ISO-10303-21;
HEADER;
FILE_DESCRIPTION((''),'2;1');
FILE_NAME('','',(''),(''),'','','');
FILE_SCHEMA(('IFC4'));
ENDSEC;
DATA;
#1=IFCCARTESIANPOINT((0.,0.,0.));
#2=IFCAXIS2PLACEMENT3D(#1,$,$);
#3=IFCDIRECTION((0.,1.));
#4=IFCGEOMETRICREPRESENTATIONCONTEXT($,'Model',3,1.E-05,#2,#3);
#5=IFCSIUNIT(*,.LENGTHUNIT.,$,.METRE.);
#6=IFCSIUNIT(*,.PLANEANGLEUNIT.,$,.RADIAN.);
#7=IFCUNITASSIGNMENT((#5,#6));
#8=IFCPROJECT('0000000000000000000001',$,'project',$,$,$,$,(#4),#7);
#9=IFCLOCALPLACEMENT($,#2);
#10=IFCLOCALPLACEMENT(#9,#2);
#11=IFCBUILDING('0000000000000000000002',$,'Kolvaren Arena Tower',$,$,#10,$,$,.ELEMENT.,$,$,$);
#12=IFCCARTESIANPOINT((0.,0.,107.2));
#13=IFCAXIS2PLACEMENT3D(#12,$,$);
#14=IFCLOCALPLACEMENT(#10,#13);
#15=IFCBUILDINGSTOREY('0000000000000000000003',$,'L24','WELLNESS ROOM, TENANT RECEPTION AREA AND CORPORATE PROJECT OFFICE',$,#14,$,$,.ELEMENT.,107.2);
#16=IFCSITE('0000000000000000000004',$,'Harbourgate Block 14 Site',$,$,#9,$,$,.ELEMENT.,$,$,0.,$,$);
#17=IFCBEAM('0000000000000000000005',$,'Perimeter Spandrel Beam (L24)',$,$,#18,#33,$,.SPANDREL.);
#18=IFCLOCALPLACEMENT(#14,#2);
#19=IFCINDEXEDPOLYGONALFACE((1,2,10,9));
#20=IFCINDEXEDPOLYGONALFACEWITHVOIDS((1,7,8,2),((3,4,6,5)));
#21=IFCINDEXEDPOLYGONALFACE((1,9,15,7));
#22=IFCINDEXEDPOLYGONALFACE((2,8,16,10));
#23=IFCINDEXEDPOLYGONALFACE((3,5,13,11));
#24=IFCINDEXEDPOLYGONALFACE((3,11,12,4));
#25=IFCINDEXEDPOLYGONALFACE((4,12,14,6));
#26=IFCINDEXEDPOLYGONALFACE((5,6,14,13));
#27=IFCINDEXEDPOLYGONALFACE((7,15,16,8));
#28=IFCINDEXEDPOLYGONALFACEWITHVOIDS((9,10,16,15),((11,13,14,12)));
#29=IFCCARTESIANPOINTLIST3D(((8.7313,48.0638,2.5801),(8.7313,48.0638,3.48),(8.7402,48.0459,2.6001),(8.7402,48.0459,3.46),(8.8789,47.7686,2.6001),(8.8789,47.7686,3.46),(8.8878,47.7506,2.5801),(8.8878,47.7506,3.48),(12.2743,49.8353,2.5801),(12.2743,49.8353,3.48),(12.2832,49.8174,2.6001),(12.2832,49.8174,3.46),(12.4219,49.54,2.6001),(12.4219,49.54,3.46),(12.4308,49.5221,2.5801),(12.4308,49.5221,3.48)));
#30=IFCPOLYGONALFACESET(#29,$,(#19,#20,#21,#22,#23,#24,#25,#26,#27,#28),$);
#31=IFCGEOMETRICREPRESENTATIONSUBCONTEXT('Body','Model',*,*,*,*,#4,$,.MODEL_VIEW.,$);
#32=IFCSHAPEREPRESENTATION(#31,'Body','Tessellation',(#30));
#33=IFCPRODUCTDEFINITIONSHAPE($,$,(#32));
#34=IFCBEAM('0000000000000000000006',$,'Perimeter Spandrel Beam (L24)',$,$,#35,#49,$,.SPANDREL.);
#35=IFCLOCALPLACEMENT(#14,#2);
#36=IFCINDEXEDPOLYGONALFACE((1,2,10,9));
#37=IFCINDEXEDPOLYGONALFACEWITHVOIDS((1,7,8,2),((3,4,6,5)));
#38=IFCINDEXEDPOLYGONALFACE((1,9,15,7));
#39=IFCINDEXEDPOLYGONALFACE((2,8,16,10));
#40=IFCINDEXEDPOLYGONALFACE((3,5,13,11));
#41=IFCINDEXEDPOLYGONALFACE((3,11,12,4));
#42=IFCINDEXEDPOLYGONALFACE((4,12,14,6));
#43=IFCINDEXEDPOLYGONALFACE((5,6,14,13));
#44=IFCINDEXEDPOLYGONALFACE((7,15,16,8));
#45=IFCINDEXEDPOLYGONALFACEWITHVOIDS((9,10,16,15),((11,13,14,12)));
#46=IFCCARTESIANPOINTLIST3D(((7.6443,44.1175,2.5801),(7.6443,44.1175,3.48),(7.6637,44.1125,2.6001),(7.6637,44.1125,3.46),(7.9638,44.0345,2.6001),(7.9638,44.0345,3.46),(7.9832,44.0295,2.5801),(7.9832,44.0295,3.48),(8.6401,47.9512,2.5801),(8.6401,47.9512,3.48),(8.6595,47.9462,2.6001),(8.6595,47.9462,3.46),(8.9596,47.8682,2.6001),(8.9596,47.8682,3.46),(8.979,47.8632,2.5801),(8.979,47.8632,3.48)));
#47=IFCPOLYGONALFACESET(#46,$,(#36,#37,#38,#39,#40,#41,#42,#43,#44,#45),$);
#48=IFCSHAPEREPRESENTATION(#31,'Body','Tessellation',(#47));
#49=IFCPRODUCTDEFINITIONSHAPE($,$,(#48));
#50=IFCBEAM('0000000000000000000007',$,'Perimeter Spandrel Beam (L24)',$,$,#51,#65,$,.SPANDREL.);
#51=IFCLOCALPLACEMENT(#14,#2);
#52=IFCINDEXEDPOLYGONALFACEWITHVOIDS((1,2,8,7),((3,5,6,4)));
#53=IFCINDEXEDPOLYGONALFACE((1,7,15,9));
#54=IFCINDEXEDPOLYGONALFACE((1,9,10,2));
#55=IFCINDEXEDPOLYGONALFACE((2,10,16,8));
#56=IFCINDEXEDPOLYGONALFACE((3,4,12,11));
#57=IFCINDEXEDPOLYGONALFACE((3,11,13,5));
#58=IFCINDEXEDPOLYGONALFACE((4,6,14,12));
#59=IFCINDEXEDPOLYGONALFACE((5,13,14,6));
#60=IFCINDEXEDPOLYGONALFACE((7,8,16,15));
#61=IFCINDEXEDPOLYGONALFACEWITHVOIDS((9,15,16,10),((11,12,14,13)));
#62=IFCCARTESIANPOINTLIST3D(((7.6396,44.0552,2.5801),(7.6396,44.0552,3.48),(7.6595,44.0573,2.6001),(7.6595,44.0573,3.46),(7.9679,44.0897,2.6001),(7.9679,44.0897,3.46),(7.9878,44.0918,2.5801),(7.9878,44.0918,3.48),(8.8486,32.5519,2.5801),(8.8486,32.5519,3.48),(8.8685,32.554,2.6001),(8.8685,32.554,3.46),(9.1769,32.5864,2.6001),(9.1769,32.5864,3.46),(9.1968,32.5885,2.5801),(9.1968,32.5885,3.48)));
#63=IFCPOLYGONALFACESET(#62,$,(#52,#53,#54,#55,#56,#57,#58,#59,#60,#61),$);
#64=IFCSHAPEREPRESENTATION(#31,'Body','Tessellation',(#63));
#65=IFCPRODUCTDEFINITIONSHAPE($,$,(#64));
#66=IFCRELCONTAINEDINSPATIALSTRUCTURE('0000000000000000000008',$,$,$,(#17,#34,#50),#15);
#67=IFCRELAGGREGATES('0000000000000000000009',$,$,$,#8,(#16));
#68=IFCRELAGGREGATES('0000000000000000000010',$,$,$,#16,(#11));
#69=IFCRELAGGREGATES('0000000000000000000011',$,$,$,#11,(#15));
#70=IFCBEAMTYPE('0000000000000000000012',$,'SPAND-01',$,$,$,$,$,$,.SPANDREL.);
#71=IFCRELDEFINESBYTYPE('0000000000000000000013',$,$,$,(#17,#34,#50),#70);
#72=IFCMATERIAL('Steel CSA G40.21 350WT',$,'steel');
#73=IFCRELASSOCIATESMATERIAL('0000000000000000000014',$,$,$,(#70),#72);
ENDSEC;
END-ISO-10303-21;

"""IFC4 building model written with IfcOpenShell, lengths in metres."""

from ifc_helpers import new_model, si_unit, direction, frame, origin, origin_2d, place, context, subcontext, project, spatial, hollow_rectangle, extrude, material, material_profile, profile_set, type_object, element, save


model = new_model("IFC4")

# Units and contexts
model_context = context("Model", 3, precision=1e-05, world=origin(), true_north=direction((0.0, 1.0)))
body_context = subcontext(model_context, "Body", "Model", "MODEL_VIEW")
ifc_project = project(units=[si_unit("LENGTHUNIT", "METRE"), si_unit("PLANEANGLEUNIT", "RADIAN")], contexts=[model_context])

# Site, building, storey
site_placement = place(None, origin())
site = spatial("IfcSite", under=ifc_project, at=site_placement, Name="Harbourgate Block 14 Site", CompositionType="ELEMENT", RefElevation=0.0)
building_placement = place(site_placement, origin())
building = spatial("IfcBuilding", under=site, at=building_placement, Name="Kolvaren Arena Tower", CompositionType="ELEMENT")
storey_placement = place(building_placement, frame((0.0, 0.0, 107.2)))
storey = spatial("IfcBuildingStorey", under=building, at=storey_placement, Name="L24", Description="WELLNESS ROOM, TENANT RECEPTION AREA AND CORPORATE PROJECT OFFICE", CompositionType="ELEMENT", Elevation=107.2)

# Beams
ifc_material_1 = material(Name="Steel CSA G40.21 350WT", Category="steel")
ifc_material_profile_1 = material_profile(ifc_material_1, hollow_rectangle(XDim=0.3501, YDim=0.8999, WallThickness=0.02, at=origin_2d()), Name="HSS 900x350x20")
ifc_profile_set_1 = profile_set([ifc_material_profile_1], Name="Steel CSA G40.21 350WT")
beam_type_1 = type_object("IfcBeamType", Name="SPAND-01", PredefinedType="SPANDREL", material=ifc_profile_set_1)
beam_1_placement = place(storey_placement, frame((12.3525, 49.6787, 3.03), z_axis=(-0.894427, -0.447214, 0.0), x_axis=(0.447214, -0.894427, 0.0)))
element("IfcBeam", 1, at=beam_1_placement, inside=storey, type_object=beam_type_1, Name="Perimeter Spandrel Beam (L24)", PredefinedType="SPANDREL", context=body_context, shape_type="SweptSolid", body=[
    extrude(hollow_rectangle(XDim=0.3501, YDim=0.8999, WallThickness=0.02, at=origin_2d()), origin(), (0.0, 0.0, 1.0), 3.9612),
])
beam_2_placement = place(storey_placement, frame((8.8096, 47.9072, 3.03), z_axis=(-0.251416, -0.967879, 0.0), x_axis=(0.967879, -0.251416, 0.0)))
element("IfcBeam", 2, at=beam_2_placement, inside=storey, type_object=beam_type_1, Name="Perimeter Spandrel Beam (L24)", PredefinedType="SPANDREL", context=body_context, shape_type="SweptSolid", body=[
    extrude(hollow_rectangle(XDim=0.3501, YDim=0.8999, WallThickness=0.02, at=origin_2d()), origin(), (0.0, 0.0, 1.0), 3.9609),
])
beam_3_placement = place(storey_placement, frame((7.8137, 44.0735, 3.03), z_axis=(0.104524, -0.994522, 0.0), x_axis=(0.994522, 0.104524, 0.0)))
element("IfcBeam", 3, at=beam_3_placement, inside=storey, type_object=beam_type_1, Name="Perimeter Spandrel Beam (L24)", PredefinedType="SPANDREL", context=body_context, shape_type="SweptSolid", body=[
    extrude(hollow_rectangle(XDim=0.3501, YDim=0.8999, WallThickness=0.02, at=origin_2d()), origin(), (0.0, 0.0, 1.0), 11.5667),
])

save(model, "model.ifc")
